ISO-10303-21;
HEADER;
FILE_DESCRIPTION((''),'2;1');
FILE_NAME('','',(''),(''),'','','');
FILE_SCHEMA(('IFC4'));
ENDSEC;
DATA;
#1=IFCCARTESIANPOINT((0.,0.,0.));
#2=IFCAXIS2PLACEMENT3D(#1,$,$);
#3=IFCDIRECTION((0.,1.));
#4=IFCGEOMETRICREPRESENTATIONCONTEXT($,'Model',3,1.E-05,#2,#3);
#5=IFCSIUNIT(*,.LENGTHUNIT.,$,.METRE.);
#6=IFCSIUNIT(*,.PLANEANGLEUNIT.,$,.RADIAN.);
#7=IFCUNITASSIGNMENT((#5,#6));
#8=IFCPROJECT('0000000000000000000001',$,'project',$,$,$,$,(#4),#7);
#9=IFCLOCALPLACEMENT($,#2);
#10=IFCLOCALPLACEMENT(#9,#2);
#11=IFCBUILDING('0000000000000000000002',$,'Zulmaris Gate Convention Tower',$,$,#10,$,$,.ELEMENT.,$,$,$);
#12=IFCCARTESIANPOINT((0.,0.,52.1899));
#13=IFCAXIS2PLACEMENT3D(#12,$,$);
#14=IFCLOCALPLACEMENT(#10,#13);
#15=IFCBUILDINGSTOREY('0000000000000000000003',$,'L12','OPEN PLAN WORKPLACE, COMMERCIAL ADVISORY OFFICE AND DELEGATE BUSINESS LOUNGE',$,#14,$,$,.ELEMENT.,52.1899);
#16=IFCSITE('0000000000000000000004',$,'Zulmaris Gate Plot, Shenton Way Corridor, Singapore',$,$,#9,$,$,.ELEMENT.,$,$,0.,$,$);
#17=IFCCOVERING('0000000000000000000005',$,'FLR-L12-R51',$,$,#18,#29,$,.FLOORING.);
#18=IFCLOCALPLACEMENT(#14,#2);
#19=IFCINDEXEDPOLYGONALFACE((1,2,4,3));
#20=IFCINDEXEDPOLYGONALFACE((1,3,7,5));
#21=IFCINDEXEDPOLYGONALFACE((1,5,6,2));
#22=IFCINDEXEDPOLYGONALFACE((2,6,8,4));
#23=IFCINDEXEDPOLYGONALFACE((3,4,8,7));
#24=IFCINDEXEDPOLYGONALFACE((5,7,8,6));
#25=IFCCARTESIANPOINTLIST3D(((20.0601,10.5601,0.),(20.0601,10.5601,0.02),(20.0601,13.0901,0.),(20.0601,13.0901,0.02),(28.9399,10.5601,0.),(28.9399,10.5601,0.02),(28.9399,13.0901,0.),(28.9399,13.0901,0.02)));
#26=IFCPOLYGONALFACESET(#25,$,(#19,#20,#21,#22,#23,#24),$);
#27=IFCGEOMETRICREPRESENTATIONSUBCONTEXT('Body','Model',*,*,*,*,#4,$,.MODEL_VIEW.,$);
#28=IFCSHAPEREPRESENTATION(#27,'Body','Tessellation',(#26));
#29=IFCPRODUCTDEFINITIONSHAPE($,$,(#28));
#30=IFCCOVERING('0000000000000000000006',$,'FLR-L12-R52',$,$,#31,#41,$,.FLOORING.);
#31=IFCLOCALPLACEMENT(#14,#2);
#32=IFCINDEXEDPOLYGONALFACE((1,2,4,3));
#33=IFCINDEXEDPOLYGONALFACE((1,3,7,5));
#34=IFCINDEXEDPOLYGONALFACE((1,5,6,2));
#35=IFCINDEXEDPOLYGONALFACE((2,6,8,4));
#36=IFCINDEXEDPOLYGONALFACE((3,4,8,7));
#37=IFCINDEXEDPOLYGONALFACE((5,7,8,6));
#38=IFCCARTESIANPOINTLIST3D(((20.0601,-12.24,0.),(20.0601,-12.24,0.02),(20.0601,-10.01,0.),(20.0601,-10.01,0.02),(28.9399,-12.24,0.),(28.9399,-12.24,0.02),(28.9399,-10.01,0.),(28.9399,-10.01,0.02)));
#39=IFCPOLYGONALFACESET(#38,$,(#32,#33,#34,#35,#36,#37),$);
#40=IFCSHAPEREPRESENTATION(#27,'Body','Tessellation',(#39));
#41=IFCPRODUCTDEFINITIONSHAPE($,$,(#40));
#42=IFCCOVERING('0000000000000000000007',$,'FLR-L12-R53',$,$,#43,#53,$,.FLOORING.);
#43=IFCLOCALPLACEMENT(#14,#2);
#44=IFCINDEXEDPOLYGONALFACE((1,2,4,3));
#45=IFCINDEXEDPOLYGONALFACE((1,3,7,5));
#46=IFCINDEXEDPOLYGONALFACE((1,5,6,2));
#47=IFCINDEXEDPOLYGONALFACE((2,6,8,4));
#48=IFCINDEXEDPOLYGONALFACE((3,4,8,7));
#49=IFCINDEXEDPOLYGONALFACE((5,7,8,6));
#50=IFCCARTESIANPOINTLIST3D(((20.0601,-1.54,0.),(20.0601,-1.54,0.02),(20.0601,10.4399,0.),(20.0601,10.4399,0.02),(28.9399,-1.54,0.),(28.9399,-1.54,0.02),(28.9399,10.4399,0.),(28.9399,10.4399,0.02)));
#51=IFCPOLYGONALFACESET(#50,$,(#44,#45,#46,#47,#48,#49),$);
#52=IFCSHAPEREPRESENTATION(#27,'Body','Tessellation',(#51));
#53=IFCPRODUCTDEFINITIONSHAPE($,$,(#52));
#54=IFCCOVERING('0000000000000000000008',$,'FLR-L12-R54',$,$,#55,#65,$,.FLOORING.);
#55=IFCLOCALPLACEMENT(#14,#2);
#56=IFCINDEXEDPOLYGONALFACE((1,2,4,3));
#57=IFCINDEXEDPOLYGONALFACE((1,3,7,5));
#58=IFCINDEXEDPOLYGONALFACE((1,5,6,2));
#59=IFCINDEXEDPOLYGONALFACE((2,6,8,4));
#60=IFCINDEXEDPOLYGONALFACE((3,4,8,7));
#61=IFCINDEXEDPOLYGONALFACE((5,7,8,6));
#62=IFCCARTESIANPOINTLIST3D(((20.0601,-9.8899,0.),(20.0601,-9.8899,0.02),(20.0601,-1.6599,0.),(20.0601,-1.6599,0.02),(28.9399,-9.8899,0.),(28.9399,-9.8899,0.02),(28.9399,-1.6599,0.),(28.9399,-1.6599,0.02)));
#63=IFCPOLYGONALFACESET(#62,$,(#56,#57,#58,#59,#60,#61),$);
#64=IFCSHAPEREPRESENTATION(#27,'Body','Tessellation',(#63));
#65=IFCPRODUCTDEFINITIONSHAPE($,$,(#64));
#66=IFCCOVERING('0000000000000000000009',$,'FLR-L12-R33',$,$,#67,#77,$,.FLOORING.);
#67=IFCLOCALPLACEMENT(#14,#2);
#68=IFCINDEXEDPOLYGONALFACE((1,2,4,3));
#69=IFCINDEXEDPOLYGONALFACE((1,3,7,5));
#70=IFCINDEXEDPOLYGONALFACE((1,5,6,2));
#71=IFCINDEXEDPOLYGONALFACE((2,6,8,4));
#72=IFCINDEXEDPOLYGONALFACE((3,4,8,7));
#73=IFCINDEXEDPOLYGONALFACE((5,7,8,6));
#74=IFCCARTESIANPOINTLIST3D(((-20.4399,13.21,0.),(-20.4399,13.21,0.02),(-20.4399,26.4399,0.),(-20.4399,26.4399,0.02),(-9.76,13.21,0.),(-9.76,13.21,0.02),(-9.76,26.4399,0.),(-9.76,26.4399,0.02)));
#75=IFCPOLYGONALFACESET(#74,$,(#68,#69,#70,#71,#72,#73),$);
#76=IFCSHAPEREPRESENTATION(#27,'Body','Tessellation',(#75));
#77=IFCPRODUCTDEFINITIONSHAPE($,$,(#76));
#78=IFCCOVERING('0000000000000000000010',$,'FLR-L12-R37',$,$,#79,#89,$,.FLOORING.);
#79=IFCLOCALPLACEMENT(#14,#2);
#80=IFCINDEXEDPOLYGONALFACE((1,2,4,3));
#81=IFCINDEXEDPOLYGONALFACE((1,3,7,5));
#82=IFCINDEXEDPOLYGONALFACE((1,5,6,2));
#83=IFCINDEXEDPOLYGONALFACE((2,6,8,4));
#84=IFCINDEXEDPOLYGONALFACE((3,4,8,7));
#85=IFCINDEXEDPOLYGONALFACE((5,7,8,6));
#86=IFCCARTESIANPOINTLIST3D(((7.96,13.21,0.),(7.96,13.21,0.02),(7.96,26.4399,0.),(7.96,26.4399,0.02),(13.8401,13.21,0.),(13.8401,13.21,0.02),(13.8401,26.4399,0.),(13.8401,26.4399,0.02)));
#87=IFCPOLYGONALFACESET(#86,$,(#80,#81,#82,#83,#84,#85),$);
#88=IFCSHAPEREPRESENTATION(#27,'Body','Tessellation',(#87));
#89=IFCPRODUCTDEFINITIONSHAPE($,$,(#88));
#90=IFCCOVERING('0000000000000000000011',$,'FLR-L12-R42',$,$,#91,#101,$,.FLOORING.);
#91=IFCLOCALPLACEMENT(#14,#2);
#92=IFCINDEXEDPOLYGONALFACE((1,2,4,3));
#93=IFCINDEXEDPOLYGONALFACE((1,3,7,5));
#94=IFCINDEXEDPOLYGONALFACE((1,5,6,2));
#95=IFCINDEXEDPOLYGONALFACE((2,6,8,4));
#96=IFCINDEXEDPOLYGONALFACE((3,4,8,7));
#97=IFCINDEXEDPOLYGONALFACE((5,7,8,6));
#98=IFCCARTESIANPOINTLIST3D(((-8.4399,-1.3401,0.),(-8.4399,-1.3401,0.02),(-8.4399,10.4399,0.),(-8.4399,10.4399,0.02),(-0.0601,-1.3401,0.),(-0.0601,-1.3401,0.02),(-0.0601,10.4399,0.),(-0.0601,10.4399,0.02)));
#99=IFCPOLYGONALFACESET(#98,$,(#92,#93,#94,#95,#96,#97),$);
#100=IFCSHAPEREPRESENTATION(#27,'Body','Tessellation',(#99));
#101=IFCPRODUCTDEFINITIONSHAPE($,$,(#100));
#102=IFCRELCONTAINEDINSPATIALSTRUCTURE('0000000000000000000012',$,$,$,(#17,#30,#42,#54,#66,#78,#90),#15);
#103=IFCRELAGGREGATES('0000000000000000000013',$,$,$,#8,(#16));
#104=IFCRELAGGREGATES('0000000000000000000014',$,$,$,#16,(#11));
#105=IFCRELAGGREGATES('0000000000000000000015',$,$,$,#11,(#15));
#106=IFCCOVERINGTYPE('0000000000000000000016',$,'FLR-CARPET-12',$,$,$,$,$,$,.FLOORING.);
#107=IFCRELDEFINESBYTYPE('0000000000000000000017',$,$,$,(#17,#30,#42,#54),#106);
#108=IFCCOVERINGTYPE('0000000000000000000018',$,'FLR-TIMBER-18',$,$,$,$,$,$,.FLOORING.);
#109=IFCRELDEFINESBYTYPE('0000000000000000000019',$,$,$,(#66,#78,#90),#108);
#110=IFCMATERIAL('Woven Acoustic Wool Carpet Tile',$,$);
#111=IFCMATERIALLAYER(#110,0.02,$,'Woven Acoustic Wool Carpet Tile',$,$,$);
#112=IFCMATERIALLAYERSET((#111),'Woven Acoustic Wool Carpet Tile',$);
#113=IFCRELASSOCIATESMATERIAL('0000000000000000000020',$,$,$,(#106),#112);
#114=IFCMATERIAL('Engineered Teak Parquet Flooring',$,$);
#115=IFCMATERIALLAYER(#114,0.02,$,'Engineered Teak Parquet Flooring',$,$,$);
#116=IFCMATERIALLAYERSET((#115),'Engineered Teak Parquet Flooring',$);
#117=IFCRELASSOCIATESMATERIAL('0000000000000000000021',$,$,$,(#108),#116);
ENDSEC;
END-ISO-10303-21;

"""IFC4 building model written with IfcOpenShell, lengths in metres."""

from ifc_helpers import new_model, si_unit, direction, frame, origin, place, context, subcontext, project, spatial, polyline, outline, extrude, material, layer, layer_set, type_object, element, save


model = new_model("IFC4")

# Units and contexts
model_context = context("Model", 3, precision=1e-05, world=origin(), true_north=direction((0.0, 1.0)))
body_context = subcontext(model_context, "Body", "Model", "MODEL_VIEW")
ifc_project = project(units=[si_unit("LENGTHUNIT", "METRE"), si_unit("PLANEANGLEUNIT", "RADIAN")], contexts=[model_context])

# Site, building, storey
site_placement = place(None, origin())
site = spatial("IfcSite", under=ifc_project, at=site_placement, Name="Zulmaris Gate Plot, Shenton Way Corridor, Singapore", CompositionType="ELEMENT", RefElevation=0.0)
building_placement = place(site_placement, origin())
building = spatial("IfcBuilding", under=site, at=building_placement, Name="Zulmaris Gate Convention Tower", CompositionType="ELEMENT")
storey_placement = place(building_placement, frame((0.0, 0.0, 52.1899)))
storey = spatial("IfcBuildingStorey", under=building, at=storey_placement, Name="L12", Description="OPEN PLAN WORKPLACE, COMMERCIAL ADVISORY OFFICE AND DELEGATE BUSINESS LOUNGE", CompositionType="ELEMENT", Elevation=52.1899)

# Coverings
ifc_material_1 = material(Name="Woven Acoustic Wool Carpet Tile")
ifc_layer_1 = layer(ifc_material_1, 0.02, Name="Woven Acoustic Wool Carpet Tile")
ifc_layer_set_1 = layer_set([ifc_layer_1], Name="Woven Acoustic Wool Carpet Tile")
covering_type_1 = type_object("IfcCoveringType", Name="FLR-CARPET-12", PredefinedType="FLOORING", material=ifc_layer_set_1)
covering_1_placement = place(storey_placement, origin())
element("IfcCovering", 1, at=covering_1_placement, inside=storey, type_object=covering_type_1, Name="FLR-L12-R51", PredefinedType="FLOORING", context=body_context, shape_type="SweptSolid", body=[
    extrude(outline(polyline([(20.0601, 10.5601), (28.9399, 10.5601), (28.9399, 13.0901), (20.0601, 13.0901), (20.0601, 10.5601)])), origin(), (0.0, 0.0, 1.0), 0.02),
])
covering_2_placement = place(storey_placement, origin())
element("IfcCovering", 2, at=covering_2_placement, inside=storey, type_object=covering_type_1, Name="FLR-L12-R52", PredefinedType="FLOORING", context=body_context, shape_type="SweptSolid", body=[
    extrude(outline(polyline([(20.0601, -12.24), (28.9399, -12.24), (28.9399, -10.01), (20.0601, -10.01), (20.0601, -12.24)])), origin(), (0.0, 0.0, 1.0), 0.02),
])
covering_3_placement = place(storey_placement, origin())
element("IfcCovering", 3, at=covering_3_placement, inside=storey, type_object=covering_type_1, Name="FLR-L12-R53", PredefinedType="FLOORING", context=body_context, shape_type="SweptSolid", body=[
    extrude(outline(polyline([(20.0601, -1.54), (28.9399, -1.54), (28.9399, 10.4399), (20.0601, 10.4399), (20.0601, -1.54)])), origin(), (0.0, 0.0, 1.0), 0.02),
])
covering_4_placement = place(storey_placement, origin())
element("IfcCovering", 4, at=covering_4_placement, inside=storey, type_object=covering_type_1, Name="FLR-L12-R54", PredefinedType="FLOORING", context=body_context, shape_type="SweptSolid", body=[
    extrude(outline(polyline([(20.0601, -9.8899), (28.9399, -9.8899), (28.9399, -1.6599), (20.0601, -1.6599), (20.0601, -9.8899)])), origin(), (0.0, 0.0, 1.0), 0.02),
])
ifc_material_2 = material(Name="Engineered Teak Parquet Flooring")
ifc_layer_2 = layer(ifc_material_2, 0.02, Name="Engineered Teak Parquet Flooring")
ifc_layer_set_2 = layer_set([ifc_layer_2], Name="Engineered Teak Parquet Flooring")
covering_type_2 = type_object("IfcCoveringType", Name="FLR-TIMBER-18", PredefinedType="FLOORING", material=ifc_layer_set_2)
covering_5_placement = place(storey_placement, origin())
element("IfcCovering", 5, at=covering_5_placement, inside=storey, type_object=covering_type_2, Name="FLR-L12-R33", PredefinedType="FLOORING", context=body_context, shape_type="SweptSolid", body=[
    extrude(outline(polyline([(-20.4399, 13.21), (-9.76, 13.21), (-9.76, 26.4399), (-20.4399, 26.4399), (-20.4399, 13.21)])), origin(), (0.0, 0.0, 1.0), 0.02),
])
covering_6_placement = place(storey_placement, origin())
element("IfcCovering", 6, at=covering_6_placement, inside=storey, type_object=covering_type_2, Name="FLR-L12-R37", PredefinedType="FLOORING", context=body_context, shape_type="SweptSolid", body=[
    extrude(outline(polyline([(7.96, 13.21), (13.8401, 13.21), (13.8401, 26.4399), (7.96, 26.4399), (7.96, 13.21)])), origin(), (0.0, 0.0, 1.0), 0.02),
])
covering_7_placement = place(storey_placement, origin())
element("IfcCovering", 7, at=covering_7_placement, inside=storey, type_object=covering_type_2, Name="FLR-L12-R42", PredefinedType="FLOORING", context=body_context, shape_type="SweptSolid", body=[
    extrude(outline(polyline([(-8.4399, -1.3401), (-0.0601, -1.3401), (-0.0601, 10.4399), (-8.4399, 10.4399), (-8.4399, -1.3401)])), origin(), (0.0, 0.0, 1.0), 0.02),
])

save(model, "model.ifc")
